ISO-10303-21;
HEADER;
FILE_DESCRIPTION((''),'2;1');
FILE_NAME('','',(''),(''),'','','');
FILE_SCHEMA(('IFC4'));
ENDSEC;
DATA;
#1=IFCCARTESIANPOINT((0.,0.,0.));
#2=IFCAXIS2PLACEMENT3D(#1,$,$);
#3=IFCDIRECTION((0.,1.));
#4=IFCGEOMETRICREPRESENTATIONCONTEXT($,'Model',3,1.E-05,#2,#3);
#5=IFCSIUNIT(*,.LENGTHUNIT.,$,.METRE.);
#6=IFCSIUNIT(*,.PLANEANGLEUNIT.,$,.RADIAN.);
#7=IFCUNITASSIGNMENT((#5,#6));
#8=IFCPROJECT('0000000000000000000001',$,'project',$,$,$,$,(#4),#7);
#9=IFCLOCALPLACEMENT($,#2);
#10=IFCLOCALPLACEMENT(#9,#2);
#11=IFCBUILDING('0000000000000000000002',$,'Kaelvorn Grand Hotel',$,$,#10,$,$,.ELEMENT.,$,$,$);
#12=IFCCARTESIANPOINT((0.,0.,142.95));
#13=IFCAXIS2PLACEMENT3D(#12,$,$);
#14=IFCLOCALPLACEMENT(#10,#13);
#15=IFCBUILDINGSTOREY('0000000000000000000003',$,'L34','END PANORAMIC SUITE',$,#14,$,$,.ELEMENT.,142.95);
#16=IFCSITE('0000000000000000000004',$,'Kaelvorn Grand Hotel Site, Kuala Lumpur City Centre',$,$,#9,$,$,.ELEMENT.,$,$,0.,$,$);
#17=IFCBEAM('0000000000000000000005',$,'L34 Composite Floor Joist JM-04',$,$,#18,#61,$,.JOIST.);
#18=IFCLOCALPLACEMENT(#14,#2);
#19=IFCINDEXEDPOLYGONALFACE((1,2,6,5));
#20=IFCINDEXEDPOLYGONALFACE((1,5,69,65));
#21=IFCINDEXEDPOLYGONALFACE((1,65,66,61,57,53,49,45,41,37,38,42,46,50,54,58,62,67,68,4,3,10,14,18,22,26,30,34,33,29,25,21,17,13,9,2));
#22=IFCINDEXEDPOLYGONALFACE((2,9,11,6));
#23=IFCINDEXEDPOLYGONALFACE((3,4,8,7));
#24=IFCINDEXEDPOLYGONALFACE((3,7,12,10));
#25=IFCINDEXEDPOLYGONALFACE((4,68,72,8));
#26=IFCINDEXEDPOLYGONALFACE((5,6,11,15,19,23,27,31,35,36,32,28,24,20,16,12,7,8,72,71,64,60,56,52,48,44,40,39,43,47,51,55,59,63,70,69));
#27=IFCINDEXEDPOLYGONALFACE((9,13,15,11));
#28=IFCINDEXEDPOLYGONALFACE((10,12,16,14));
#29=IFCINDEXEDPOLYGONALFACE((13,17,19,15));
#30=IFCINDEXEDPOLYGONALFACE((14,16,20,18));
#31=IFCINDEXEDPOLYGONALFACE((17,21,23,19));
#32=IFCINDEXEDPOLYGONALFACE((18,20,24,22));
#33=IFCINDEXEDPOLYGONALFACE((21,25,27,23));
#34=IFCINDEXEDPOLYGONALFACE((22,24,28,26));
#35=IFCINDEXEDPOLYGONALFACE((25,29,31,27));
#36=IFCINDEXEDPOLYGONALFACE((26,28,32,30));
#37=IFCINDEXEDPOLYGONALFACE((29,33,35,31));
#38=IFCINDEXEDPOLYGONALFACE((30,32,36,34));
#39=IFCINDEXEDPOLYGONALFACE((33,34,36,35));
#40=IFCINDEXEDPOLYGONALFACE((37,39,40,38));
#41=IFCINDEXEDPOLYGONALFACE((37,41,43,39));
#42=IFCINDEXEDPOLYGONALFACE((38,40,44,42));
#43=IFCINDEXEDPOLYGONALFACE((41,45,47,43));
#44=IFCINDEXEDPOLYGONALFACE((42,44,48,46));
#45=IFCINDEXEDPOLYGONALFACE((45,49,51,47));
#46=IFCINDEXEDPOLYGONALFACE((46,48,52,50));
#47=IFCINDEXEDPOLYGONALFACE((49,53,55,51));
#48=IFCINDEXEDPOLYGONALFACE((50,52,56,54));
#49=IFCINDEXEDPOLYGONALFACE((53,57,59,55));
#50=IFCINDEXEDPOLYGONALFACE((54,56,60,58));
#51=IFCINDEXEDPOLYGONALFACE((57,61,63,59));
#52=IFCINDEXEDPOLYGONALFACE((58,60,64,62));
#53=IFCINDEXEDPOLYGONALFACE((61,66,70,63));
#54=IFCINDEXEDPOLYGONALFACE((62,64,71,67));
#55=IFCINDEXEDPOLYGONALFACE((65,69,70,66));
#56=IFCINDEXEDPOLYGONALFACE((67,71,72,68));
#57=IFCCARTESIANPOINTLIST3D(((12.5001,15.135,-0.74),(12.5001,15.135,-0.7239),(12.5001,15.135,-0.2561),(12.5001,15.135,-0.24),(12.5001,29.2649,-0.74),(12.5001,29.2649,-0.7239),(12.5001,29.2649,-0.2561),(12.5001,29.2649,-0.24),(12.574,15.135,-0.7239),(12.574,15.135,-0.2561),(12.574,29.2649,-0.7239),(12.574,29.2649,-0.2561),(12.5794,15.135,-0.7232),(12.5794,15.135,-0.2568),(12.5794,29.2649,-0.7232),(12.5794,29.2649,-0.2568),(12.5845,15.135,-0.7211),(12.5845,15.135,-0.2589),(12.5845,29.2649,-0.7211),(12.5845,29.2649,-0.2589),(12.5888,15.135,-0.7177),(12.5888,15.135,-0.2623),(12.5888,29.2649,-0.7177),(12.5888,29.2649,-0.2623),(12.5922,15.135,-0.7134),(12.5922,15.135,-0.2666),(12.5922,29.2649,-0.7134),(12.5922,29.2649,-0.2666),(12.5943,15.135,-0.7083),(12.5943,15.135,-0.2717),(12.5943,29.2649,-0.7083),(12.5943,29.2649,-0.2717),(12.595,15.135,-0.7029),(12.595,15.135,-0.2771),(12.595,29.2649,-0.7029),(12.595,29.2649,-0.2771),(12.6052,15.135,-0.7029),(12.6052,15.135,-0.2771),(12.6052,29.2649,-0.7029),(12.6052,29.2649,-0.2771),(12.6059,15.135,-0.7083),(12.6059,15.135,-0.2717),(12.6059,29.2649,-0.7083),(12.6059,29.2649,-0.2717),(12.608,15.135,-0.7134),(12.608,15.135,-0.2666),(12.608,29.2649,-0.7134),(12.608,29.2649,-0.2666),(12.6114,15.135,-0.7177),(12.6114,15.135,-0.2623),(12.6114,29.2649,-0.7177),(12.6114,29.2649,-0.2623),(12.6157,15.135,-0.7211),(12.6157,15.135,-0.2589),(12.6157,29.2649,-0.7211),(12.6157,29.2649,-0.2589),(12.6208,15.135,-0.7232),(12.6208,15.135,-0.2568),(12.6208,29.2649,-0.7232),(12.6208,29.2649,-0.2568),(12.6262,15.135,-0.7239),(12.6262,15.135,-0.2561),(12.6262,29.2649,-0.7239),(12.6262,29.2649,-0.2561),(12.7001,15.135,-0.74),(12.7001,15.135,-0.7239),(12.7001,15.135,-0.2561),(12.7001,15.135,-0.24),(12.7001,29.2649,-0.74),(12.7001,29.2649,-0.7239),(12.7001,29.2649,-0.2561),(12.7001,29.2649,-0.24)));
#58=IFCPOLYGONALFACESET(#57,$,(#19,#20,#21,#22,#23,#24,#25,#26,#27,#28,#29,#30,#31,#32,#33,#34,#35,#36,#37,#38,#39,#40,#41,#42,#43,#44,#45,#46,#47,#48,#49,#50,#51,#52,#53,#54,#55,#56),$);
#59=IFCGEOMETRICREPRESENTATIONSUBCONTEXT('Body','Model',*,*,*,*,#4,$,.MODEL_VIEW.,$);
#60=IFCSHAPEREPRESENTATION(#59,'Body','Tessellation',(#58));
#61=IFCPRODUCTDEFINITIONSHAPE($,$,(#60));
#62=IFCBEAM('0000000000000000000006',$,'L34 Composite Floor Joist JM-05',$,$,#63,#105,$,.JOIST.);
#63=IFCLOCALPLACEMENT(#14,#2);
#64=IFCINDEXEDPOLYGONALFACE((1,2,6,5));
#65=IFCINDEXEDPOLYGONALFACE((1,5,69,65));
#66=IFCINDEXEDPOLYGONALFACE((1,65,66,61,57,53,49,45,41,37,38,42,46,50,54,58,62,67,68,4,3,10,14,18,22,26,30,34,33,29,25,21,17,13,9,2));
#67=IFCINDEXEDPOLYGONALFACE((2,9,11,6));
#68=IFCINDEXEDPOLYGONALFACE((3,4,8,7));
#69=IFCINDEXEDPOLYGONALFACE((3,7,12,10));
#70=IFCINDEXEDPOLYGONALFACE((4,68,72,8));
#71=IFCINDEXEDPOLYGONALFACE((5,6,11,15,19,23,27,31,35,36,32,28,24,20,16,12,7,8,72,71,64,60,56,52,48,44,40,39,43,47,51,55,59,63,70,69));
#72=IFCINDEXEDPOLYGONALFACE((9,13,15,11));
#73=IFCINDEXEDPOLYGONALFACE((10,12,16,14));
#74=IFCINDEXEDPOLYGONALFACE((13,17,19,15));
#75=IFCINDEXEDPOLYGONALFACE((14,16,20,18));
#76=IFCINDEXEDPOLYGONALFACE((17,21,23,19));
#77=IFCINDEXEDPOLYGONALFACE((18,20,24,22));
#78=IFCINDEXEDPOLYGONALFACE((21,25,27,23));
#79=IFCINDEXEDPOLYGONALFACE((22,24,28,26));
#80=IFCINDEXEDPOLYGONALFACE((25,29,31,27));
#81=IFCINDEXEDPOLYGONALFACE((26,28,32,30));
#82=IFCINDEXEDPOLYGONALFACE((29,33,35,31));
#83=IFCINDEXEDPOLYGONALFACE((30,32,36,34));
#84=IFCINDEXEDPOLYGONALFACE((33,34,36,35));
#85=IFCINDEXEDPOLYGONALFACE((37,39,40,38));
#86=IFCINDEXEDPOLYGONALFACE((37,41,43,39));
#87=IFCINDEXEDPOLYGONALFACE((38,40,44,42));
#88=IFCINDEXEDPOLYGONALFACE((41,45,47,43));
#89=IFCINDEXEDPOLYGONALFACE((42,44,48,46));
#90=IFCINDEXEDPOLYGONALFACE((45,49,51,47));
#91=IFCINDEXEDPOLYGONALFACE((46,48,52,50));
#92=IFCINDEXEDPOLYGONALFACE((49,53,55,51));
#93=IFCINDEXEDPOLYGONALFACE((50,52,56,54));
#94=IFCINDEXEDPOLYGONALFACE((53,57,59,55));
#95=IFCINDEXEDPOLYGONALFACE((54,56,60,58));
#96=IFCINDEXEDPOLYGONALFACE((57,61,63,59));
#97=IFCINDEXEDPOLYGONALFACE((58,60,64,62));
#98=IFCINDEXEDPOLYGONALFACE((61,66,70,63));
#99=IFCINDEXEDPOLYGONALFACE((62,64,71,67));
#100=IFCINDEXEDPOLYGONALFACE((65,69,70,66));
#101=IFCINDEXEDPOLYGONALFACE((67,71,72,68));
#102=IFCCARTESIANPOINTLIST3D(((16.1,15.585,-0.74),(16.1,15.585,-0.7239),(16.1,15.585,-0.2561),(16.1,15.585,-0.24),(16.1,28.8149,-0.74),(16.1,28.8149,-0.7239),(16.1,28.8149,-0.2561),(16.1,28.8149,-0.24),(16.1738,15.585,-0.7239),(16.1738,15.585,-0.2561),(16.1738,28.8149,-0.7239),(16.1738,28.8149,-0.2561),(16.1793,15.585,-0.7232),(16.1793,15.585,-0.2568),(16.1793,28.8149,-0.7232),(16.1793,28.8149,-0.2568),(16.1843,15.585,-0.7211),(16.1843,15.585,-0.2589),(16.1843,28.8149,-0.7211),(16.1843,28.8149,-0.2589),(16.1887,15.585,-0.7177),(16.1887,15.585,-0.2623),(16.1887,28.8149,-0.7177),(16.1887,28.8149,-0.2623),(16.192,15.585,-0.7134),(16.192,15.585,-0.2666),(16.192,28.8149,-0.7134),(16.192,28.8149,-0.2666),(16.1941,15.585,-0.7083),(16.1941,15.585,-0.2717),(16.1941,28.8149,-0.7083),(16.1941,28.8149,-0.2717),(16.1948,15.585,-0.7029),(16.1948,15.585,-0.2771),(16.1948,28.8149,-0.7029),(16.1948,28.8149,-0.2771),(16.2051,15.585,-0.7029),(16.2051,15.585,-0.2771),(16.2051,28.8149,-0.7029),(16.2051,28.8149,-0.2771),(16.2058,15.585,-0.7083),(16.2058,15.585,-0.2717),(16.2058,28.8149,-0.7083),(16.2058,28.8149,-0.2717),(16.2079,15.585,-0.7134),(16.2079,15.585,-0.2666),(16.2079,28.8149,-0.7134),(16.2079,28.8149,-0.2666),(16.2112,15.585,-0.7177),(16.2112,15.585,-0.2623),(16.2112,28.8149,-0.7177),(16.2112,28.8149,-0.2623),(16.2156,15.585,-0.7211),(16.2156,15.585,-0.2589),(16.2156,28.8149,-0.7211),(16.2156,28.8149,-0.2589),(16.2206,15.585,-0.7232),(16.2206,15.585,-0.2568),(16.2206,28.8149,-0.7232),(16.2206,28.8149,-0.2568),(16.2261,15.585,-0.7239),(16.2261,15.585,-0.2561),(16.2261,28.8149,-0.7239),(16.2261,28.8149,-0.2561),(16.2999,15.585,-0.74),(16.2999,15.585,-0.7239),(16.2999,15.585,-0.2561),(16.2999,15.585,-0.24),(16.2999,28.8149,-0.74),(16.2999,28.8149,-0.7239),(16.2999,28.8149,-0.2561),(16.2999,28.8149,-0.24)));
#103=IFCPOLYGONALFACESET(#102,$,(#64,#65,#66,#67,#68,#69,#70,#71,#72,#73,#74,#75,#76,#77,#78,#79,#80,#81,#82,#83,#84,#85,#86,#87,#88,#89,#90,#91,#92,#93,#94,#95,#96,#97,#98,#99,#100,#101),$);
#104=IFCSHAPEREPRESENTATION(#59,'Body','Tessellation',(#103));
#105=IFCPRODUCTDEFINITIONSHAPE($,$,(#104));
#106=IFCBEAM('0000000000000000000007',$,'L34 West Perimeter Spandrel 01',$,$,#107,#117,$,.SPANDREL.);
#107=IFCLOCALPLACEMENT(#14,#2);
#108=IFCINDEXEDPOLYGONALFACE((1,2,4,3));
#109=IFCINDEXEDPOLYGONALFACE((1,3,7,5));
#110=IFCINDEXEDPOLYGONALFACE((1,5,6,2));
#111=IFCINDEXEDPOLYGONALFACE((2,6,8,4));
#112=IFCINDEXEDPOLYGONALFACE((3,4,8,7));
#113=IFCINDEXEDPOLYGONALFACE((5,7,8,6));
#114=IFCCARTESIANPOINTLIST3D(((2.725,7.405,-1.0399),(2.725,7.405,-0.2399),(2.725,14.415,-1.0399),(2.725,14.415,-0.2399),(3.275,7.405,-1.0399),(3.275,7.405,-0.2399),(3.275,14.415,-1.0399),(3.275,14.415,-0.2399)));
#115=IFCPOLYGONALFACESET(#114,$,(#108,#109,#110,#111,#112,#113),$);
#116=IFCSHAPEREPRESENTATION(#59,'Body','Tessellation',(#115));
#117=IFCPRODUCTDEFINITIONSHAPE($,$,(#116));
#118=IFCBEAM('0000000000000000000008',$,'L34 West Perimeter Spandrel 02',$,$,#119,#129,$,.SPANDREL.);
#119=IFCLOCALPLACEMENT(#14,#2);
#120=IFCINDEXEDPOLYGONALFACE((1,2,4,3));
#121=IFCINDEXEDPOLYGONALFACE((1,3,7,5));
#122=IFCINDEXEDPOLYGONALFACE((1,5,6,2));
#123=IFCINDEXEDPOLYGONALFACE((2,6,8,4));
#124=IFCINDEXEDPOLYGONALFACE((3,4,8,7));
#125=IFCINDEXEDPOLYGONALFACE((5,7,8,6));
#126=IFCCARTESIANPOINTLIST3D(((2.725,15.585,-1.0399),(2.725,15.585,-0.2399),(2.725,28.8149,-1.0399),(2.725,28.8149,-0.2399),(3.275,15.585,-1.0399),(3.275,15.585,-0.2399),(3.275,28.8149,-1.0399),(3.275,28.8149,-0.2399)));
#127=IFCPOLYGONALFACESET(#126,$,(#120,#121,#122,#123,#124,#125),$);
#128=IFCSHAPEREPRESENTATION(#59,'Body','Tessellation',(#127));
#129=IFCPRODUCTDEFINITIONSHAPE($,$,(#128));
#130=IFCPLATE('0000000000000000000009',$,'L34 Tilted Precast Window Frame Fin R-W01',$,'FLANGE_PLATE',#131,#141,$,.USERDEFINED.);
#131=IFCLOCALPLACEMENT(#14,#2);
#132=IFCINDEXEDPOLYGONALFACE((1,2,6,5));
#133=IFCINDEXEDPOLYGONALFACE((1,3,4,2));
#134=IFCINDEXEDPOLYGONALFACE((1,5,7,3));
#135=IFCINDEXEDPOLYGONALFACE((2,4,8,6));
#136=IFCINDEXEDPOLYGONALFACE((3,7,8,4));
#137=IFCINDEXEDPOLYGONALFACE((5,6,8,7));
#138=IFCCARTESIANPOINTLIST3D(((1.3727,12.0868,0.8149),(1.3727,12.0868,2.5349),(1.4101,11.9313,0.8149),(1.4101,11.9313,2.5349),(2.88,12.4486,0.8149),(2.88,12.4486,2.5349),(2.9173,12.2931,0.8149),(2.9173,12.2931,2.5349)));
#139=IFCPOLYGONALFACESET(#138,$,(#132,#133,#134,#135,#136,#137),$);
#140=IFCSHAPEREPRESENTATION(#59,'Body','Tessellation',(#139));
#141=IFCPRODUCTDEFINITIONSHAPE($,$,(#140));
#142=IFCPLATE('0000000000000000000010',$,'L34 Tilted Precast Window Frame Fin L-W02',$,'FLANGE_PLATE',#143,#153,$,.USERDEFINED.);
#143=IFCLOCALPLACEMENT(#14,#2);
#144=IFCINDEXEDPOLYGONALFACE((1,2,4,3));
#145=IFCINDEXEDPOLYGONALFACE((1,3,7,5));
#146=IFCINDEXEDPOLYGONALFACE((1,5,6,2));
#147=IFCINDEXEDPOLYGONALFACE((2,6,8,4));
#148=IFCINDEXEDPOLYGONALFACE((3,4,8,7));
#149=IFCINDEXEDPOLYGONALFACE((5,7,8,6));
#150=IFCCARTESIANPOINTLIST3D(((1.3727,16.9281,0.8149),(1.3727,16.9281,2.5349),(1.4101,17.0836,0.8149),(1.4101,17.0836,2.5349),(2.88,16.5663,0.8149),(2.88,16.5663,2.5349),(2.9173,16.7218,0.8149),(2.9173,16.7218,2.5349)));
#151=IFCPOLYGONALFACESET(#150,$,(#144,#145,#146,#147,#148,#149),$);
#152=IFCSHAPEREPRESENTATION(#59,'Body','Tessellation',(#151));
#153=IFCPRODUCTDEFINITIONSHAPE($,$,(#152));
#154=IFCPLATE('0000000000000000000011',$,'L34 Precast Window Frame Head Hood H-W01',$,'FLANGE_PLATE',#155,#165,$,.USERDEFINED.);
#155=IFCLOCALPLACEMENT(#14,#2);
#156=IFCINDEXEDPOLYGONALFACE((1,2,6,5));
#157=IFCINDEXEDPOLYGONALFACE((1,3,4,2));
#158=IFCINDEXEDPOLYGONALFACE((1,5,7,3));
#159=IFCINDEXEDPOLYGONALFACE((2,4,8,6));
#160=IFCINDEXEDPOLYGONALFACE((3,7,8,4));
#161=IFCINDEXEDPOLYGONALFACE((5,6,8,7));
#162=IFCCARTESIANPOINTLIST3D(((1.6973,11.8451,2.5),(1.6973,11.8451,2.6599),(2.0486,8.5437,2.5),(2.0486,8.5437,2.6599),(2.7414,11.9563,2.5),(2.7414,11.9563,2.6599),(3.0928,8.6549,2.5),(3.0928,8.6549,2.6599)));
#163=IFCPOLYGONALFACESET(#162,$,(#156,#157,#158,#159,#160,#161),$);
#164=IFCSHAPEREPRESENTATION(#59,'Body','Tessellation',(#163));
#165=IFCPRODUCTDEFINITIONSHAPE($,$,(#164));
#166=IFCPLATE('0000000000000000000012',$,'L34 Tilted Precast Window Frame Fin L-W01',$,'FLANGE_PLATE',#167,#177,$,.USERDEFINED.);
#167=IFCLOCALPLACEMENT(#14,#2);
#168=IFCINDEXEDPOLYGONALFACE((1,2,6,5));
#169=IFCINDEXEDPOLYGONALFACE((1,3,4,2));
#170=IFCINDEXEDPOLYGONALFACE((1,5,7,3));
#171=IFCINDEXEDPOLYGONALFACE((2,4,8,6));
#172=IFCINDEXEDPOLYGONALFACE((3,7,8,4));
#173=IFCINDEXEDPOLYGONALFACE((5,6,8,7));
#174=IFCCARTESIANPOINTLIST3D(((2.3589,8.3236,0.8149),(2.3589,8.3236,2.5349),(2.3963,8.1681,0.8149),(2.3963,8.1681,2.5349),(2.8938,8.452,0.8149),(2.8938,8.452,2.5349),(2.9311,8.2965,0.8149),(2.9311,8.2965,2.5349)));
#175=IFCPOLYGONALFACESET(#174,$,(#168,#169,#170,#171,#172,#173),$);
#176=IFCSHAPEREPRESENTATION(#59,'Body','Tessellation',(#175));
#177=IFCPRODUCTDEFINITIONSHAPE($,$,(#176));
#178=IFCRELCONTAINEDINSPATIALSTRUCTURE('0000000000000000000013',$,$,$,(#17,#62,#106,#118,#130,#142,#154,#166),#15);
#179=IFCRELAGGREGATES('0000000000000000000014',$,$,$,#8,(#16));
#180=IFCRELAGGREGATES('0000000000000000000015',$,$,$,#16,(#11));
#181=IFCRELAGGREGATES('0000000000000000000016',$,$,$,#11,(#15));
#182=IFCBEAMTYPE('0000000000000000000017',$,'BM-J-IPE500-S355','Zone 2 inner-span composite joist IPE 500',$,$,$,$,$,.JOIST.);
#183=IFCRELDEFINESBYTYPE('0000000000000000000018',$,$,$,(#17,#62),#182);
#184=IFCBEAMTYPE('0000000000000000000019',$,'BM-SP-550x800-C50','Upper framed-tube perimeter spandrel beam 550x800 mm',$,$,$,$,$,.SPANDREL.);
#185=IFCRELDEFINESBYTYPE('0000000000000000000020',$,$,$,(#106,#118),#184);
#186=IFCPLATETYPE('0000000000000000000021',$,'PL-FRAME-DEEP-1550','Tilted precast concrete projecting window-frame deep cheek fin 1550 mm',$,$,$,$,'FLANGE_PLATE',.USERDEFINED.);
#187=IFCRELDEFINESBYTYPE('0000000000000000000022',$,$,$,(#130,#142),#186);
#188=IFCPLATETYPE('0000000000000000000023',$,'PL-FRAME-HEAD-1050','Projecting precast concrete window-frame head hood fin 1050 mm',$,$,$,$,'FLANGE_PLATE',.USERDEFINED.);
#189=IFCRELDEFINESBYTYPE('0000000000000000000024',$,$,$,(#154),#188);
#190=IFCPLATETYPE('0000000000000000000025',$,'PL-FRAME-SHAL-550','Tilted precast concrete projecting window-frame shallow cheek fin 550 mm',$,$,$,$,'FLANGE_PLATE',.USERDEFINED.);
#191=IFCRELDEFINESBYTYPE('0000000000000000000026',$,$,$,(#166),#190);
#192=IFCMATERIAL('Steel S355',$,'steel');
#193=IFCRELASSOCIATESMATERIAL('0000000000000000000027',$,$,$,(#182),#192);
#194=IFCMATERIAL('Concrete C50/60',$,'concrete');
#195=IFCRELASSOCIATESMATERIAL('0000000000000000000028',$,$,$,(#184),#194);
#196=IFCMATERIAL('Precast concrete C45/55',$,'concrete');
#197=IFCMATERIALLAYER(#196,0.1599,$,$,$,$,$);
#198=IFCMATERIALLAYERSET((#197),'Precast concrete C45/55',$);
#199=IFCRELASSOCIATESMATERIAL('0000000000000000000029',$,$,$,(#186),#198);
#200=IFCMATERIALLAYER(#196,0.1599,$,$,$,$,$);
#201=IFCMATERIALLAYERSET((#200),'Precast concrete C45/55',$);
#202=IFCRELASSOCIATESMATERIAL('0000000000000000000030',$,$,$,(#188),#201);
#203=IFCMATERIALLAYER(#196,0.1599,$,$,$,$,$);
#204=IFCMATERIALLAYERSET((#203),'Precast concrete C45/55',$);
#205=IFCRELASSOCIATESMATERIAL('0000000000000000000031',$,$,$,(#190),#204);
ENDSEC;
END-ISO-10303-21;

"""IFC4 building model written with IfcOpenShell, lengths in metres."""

from ifc_helpers import new_model, si_unit, direction, frame, origin, origin_2d, place, context, subcontext, project, spatial, rectangle, i_section, extrude, material, layer, layer_set, material_profile, profile_set, type_object, element, save


model = new_model("IFC4")

# Units and contexts
model_context = context("Model", 3, precision=1e-05, world=origin(), true_north=direction((0.0, 1.0)))
body_context = subcontext(model_context, "Body", "Model", "MODEL_VIEW")
ifc_project = project(units=[si_unit("LENGTHUNIT", "METRE"), si_unit("PLANEANGLEUNIT", "RADIAN")], contexts=[model_context])

# Site, building, storey
site_placement = place(None, origin())
site = spatial("IfcSite", under=ifc_project, at=site_placement, Name="Kaelvorn Grand Hotel Site, Kuala Lumpur City Centre", CompositionType="ELEMENT", RefElevation=0.0)
building_placement = place(site_placement, origin())
building = spatial("IfcBuilding", under=site, at=building_placement, Name="Kaelvorn Grand Hotel", CompositionType="ELEMENT")
storey_placement = place(building_placement, frame((0.0, 0.0, 142.95)))
storey = spatial("IfcBuildingStorey", under=building, at=storey_placement, Name="L34", Description="END PANORAMIC SUITE", CompositionType="ELEMENT", Elevation=142.95)

# Beams
ifc_material_1 = material(Name="Steel S355", Category="steel")
ifc_material_profile_1 = material_profile(ifc_material_1, i_section(OverallWidth=0.2, OverallDepth=0.5, WebThickness=0.0103, FlangeThickness=0.0161, FilletRadius=0.021, at=origin_2d()), Name="IPE 500")
ifc_profile_set_1 = profile_set([ifc_material_profile_1], Name="Steel S355")
beam_type_1 = type_object("IfcBeamType", Name="BM-J-IPE500-S355", Description="Zone 2 inner-span composite joist IPE 500", PredefinedType="JOIST", material=ifc_profile_set_1)
beam_1_placement = place(storey_placement, frame((12.6001, 15.135, -0.49), z_axis=(0.0, 1.0, 0.0), x_axis=(-1.0, 0.0, 0.0)))
element("IfcBeam", 1, at=beam_1_placement, inside=storey, type_object=beam_type_1, Name="L34 Composite Floor Joist JM-04", PredefinedType="JOIST", context=body_context, shape_type="SweptSolid", body=[
    extrude(i_section(OverallWidth=0.2, OverallDepth=0.5, WebThickness=0.0103, FlangeThickness=0.0161, FilletRadius=0.021, at=origin_2d()), origin(), (0.0, 0.0, 1.0), 14.1299),
])
beam_2_placement = place(storey_placement, frame((16.2, 15.585, -0.49), z_axis=(0.0, 1.0, 0.0), x_axis=(-1.0, 0.0, 0.0)))
element("IfcBeam", 2, at=beam_2_placement, inside=storey, type_object=beam_type_1, Name="L34 Composite Floor Joist JM-05", PredefinedType="JOIST", context=body_context, shape_type="SweptSolid", body=[
    extrude(i_section(OverallWidth=0.2, OverallDepth=0.5, WebThickness=0.0103, FlangeThickness=0.0161, FilletRadius=0.021, at=origin_2d()), origin(), (0.0, 0.0, 1.0), 13.23),
])
ifc_material_2 = material(Name="Concrete C50/60", Category="concrete")
ifc_material_profile_2 = material_profile(ifc_material_2, rectangle(XDim=0.55, YDim=0.8, at=origin_2d()), Name="RC SPANDREL 550x800")
ifc_profile_set_2 = profile_set([ifc_material_profile_2], Name="Concrete C50/60")
beam_type_2 = type_object("IfcBeamType", Name="BM-SP-550x800-C50", Description="Upper framed-tube perimeter spandrel beam 550x800 mm", PredefinedType="SPANDREL", material=ifc_profile_set_2)
beam_3_placement = place(storey_placement, frame((3.0, 7.405, -0.6399), z_axis=(0.0, 1.0, 0.0), x_axis=(-1.0, 0.0, 0.0)))
element("IfcBeam", 3, at=beam_3_placement, inside=storey, type_object=beam_type_2, Name="L34 West Perimeter Spandrel 01", PredefinedType="SPANDREL", context=body_context, shape_type="SweptSolid", body=[
    extrude(rectangle(XDim=0.55, YDim=0.8, at=origin_2d()), origin(), (0.0, 0.0, 1.0), 7.01),
])
beam_4_placement = place(storey_placement, frame((3.0, 15.585, -0.6399), z_axis=(0.0, 1.0, 0.0), x_axis=(-1.0, 0.0, 0.0)))
element("IfcBeam", 4, at=beam_4_placement, inside=storey, type_object=beam_type_2, Name="L34 West Perimeter Spandrel 02", PredefinedType="SPANDREL", context=body_context, shape_type="SweptSolid", body=[
    extrude(rectangle(XDim=0.55, YDim=0.8, at=origin_2d()), origin(), (0.0, 0.0, 1.0), 13.23),
])

# Plates
ifc_material_3 = material(Name="Precast concrete C45/55", Category="concrete")
ifc_layer_1 = layer(ifc_material_3, 0.1599)
ifc_layer_set_1 = layer_set([ifc_layer_1], Name="Precast concrete C45/55")
plate_type_1 = type_object("IfcPlateType", Name="PL-FRAME-DEEP-1550", Description="Tilted precast concrete projecting window-frame deep cheek fin 1550 mm", ElementType="FLANGE_PLATE", PredefinedType="USERDEFINED", material=ifc_layer_set_1)
for number, where, z_axis, x_axis, name in (
    (5, (2.145, 12.1899, 0.8149), (0.0, 0.0, 1.0), (-0.233445, 0.97237, 0.0), "L34 Tilted Precast Window Frame Fin R-W01"),
    (6, (2.145, 16.825, 0.8149), (0.0, 0.0, 1.0), (0.233445, 0.97237, 0.0), "L34 Tilted Precast Window Frame Fin L-W02"),
):
    element("IfcPlate", number, at=place(storey_placement, frame(where, z_axis=z_axis, x_axis=x_axis)), inside=storey, type_object=plate_type_1, Name=name, ObjectType="FLANGE_PLATE", PredefinedType="USERDEFINED", context=body_context, shape_type="SweptSolid", body=[
        extrude(rectangle(XDim=0.1599, YDim=1.55, at=origin_2d()), origin(), (0.0, 0.0, 1.0), 1.72),
    ])
ifc_layer_2 = layer(ifc_material_3, 0.1599)
ifc_layer_set_2 = layer_set([ifc_layer_2], Name="Precast concrete C45/55")
plate_type_2 = type_object("IfcPlateType", Name="PL-FRAME-HEAD-1050", Description="Projecting precast concrete window-frame head hood fin 1050 mm", ElementType="FLANGE_PLATE", PredefinedType="USERDEFINED", material=ifc_layer_set_2)
plate_1_placement = place(storey_placement, frame((2.395, 10.25, 2.5), z_axis=(0.0, 0.0, 1.0), x_axis=(-0.10583, 0.994384, 0.0)))
element("IfcPlate", 7, at=plate_1_placement, inside=storey, type_object=plate_type_2, Name="L34 Precast Window Frame Head Hood H-W01", ObjectType="FLANGE_PLATE", PredefinedType="USERDEFINED", context=body_context, shape_type="SweptSolid", body=[
    extrude(rectangle(XDim=3.3201, YDim=1.05, at=origin_2d()), origin(), (0.0, 0.0, 1.0), 0.1599),
])
ifc_layer_3 = layer(ifc_material_3, 0.1599)
ifc_layer_set_3 = layer_set([ifc_layer_3], Name="Precast concrete C45/55")
plate_type_3 = type_object("IfcPlateType", Name="PL-FRAME-SHAL-550", Description="Tilted precast concrete projecting window-frame shallow cheek fin 550 mm", ElementType="FLANGE_PLATE", PredefinedType="USERDEFINED", material=ifc_layer_set_3)
plate_2_placement = place(storey_placement, frame((2.645, 8.3101, 0.8149), z_axis=(0.0, 0.0, 1.0), x_axis=(-0.233445, 0.97237, 0.0)))
element("IfcPlate", 8, at=plate_2_placement, inside=storey, type_object=plate_type_3, Name="L34 Tilted Precast Window Frame Fin L-W01", ObjectType="FLANGE_PLATE", PredefinedType="USERDEFINED", context=body_context, shape_type="SweptSolid", body=[
    extrude(rectangle(XDim=0.1599, YDim=0.55, at=origin_2d()), origin(), (0.0, 0.0, 1.0), 1.72),
])

save(model, "model.ifc")
